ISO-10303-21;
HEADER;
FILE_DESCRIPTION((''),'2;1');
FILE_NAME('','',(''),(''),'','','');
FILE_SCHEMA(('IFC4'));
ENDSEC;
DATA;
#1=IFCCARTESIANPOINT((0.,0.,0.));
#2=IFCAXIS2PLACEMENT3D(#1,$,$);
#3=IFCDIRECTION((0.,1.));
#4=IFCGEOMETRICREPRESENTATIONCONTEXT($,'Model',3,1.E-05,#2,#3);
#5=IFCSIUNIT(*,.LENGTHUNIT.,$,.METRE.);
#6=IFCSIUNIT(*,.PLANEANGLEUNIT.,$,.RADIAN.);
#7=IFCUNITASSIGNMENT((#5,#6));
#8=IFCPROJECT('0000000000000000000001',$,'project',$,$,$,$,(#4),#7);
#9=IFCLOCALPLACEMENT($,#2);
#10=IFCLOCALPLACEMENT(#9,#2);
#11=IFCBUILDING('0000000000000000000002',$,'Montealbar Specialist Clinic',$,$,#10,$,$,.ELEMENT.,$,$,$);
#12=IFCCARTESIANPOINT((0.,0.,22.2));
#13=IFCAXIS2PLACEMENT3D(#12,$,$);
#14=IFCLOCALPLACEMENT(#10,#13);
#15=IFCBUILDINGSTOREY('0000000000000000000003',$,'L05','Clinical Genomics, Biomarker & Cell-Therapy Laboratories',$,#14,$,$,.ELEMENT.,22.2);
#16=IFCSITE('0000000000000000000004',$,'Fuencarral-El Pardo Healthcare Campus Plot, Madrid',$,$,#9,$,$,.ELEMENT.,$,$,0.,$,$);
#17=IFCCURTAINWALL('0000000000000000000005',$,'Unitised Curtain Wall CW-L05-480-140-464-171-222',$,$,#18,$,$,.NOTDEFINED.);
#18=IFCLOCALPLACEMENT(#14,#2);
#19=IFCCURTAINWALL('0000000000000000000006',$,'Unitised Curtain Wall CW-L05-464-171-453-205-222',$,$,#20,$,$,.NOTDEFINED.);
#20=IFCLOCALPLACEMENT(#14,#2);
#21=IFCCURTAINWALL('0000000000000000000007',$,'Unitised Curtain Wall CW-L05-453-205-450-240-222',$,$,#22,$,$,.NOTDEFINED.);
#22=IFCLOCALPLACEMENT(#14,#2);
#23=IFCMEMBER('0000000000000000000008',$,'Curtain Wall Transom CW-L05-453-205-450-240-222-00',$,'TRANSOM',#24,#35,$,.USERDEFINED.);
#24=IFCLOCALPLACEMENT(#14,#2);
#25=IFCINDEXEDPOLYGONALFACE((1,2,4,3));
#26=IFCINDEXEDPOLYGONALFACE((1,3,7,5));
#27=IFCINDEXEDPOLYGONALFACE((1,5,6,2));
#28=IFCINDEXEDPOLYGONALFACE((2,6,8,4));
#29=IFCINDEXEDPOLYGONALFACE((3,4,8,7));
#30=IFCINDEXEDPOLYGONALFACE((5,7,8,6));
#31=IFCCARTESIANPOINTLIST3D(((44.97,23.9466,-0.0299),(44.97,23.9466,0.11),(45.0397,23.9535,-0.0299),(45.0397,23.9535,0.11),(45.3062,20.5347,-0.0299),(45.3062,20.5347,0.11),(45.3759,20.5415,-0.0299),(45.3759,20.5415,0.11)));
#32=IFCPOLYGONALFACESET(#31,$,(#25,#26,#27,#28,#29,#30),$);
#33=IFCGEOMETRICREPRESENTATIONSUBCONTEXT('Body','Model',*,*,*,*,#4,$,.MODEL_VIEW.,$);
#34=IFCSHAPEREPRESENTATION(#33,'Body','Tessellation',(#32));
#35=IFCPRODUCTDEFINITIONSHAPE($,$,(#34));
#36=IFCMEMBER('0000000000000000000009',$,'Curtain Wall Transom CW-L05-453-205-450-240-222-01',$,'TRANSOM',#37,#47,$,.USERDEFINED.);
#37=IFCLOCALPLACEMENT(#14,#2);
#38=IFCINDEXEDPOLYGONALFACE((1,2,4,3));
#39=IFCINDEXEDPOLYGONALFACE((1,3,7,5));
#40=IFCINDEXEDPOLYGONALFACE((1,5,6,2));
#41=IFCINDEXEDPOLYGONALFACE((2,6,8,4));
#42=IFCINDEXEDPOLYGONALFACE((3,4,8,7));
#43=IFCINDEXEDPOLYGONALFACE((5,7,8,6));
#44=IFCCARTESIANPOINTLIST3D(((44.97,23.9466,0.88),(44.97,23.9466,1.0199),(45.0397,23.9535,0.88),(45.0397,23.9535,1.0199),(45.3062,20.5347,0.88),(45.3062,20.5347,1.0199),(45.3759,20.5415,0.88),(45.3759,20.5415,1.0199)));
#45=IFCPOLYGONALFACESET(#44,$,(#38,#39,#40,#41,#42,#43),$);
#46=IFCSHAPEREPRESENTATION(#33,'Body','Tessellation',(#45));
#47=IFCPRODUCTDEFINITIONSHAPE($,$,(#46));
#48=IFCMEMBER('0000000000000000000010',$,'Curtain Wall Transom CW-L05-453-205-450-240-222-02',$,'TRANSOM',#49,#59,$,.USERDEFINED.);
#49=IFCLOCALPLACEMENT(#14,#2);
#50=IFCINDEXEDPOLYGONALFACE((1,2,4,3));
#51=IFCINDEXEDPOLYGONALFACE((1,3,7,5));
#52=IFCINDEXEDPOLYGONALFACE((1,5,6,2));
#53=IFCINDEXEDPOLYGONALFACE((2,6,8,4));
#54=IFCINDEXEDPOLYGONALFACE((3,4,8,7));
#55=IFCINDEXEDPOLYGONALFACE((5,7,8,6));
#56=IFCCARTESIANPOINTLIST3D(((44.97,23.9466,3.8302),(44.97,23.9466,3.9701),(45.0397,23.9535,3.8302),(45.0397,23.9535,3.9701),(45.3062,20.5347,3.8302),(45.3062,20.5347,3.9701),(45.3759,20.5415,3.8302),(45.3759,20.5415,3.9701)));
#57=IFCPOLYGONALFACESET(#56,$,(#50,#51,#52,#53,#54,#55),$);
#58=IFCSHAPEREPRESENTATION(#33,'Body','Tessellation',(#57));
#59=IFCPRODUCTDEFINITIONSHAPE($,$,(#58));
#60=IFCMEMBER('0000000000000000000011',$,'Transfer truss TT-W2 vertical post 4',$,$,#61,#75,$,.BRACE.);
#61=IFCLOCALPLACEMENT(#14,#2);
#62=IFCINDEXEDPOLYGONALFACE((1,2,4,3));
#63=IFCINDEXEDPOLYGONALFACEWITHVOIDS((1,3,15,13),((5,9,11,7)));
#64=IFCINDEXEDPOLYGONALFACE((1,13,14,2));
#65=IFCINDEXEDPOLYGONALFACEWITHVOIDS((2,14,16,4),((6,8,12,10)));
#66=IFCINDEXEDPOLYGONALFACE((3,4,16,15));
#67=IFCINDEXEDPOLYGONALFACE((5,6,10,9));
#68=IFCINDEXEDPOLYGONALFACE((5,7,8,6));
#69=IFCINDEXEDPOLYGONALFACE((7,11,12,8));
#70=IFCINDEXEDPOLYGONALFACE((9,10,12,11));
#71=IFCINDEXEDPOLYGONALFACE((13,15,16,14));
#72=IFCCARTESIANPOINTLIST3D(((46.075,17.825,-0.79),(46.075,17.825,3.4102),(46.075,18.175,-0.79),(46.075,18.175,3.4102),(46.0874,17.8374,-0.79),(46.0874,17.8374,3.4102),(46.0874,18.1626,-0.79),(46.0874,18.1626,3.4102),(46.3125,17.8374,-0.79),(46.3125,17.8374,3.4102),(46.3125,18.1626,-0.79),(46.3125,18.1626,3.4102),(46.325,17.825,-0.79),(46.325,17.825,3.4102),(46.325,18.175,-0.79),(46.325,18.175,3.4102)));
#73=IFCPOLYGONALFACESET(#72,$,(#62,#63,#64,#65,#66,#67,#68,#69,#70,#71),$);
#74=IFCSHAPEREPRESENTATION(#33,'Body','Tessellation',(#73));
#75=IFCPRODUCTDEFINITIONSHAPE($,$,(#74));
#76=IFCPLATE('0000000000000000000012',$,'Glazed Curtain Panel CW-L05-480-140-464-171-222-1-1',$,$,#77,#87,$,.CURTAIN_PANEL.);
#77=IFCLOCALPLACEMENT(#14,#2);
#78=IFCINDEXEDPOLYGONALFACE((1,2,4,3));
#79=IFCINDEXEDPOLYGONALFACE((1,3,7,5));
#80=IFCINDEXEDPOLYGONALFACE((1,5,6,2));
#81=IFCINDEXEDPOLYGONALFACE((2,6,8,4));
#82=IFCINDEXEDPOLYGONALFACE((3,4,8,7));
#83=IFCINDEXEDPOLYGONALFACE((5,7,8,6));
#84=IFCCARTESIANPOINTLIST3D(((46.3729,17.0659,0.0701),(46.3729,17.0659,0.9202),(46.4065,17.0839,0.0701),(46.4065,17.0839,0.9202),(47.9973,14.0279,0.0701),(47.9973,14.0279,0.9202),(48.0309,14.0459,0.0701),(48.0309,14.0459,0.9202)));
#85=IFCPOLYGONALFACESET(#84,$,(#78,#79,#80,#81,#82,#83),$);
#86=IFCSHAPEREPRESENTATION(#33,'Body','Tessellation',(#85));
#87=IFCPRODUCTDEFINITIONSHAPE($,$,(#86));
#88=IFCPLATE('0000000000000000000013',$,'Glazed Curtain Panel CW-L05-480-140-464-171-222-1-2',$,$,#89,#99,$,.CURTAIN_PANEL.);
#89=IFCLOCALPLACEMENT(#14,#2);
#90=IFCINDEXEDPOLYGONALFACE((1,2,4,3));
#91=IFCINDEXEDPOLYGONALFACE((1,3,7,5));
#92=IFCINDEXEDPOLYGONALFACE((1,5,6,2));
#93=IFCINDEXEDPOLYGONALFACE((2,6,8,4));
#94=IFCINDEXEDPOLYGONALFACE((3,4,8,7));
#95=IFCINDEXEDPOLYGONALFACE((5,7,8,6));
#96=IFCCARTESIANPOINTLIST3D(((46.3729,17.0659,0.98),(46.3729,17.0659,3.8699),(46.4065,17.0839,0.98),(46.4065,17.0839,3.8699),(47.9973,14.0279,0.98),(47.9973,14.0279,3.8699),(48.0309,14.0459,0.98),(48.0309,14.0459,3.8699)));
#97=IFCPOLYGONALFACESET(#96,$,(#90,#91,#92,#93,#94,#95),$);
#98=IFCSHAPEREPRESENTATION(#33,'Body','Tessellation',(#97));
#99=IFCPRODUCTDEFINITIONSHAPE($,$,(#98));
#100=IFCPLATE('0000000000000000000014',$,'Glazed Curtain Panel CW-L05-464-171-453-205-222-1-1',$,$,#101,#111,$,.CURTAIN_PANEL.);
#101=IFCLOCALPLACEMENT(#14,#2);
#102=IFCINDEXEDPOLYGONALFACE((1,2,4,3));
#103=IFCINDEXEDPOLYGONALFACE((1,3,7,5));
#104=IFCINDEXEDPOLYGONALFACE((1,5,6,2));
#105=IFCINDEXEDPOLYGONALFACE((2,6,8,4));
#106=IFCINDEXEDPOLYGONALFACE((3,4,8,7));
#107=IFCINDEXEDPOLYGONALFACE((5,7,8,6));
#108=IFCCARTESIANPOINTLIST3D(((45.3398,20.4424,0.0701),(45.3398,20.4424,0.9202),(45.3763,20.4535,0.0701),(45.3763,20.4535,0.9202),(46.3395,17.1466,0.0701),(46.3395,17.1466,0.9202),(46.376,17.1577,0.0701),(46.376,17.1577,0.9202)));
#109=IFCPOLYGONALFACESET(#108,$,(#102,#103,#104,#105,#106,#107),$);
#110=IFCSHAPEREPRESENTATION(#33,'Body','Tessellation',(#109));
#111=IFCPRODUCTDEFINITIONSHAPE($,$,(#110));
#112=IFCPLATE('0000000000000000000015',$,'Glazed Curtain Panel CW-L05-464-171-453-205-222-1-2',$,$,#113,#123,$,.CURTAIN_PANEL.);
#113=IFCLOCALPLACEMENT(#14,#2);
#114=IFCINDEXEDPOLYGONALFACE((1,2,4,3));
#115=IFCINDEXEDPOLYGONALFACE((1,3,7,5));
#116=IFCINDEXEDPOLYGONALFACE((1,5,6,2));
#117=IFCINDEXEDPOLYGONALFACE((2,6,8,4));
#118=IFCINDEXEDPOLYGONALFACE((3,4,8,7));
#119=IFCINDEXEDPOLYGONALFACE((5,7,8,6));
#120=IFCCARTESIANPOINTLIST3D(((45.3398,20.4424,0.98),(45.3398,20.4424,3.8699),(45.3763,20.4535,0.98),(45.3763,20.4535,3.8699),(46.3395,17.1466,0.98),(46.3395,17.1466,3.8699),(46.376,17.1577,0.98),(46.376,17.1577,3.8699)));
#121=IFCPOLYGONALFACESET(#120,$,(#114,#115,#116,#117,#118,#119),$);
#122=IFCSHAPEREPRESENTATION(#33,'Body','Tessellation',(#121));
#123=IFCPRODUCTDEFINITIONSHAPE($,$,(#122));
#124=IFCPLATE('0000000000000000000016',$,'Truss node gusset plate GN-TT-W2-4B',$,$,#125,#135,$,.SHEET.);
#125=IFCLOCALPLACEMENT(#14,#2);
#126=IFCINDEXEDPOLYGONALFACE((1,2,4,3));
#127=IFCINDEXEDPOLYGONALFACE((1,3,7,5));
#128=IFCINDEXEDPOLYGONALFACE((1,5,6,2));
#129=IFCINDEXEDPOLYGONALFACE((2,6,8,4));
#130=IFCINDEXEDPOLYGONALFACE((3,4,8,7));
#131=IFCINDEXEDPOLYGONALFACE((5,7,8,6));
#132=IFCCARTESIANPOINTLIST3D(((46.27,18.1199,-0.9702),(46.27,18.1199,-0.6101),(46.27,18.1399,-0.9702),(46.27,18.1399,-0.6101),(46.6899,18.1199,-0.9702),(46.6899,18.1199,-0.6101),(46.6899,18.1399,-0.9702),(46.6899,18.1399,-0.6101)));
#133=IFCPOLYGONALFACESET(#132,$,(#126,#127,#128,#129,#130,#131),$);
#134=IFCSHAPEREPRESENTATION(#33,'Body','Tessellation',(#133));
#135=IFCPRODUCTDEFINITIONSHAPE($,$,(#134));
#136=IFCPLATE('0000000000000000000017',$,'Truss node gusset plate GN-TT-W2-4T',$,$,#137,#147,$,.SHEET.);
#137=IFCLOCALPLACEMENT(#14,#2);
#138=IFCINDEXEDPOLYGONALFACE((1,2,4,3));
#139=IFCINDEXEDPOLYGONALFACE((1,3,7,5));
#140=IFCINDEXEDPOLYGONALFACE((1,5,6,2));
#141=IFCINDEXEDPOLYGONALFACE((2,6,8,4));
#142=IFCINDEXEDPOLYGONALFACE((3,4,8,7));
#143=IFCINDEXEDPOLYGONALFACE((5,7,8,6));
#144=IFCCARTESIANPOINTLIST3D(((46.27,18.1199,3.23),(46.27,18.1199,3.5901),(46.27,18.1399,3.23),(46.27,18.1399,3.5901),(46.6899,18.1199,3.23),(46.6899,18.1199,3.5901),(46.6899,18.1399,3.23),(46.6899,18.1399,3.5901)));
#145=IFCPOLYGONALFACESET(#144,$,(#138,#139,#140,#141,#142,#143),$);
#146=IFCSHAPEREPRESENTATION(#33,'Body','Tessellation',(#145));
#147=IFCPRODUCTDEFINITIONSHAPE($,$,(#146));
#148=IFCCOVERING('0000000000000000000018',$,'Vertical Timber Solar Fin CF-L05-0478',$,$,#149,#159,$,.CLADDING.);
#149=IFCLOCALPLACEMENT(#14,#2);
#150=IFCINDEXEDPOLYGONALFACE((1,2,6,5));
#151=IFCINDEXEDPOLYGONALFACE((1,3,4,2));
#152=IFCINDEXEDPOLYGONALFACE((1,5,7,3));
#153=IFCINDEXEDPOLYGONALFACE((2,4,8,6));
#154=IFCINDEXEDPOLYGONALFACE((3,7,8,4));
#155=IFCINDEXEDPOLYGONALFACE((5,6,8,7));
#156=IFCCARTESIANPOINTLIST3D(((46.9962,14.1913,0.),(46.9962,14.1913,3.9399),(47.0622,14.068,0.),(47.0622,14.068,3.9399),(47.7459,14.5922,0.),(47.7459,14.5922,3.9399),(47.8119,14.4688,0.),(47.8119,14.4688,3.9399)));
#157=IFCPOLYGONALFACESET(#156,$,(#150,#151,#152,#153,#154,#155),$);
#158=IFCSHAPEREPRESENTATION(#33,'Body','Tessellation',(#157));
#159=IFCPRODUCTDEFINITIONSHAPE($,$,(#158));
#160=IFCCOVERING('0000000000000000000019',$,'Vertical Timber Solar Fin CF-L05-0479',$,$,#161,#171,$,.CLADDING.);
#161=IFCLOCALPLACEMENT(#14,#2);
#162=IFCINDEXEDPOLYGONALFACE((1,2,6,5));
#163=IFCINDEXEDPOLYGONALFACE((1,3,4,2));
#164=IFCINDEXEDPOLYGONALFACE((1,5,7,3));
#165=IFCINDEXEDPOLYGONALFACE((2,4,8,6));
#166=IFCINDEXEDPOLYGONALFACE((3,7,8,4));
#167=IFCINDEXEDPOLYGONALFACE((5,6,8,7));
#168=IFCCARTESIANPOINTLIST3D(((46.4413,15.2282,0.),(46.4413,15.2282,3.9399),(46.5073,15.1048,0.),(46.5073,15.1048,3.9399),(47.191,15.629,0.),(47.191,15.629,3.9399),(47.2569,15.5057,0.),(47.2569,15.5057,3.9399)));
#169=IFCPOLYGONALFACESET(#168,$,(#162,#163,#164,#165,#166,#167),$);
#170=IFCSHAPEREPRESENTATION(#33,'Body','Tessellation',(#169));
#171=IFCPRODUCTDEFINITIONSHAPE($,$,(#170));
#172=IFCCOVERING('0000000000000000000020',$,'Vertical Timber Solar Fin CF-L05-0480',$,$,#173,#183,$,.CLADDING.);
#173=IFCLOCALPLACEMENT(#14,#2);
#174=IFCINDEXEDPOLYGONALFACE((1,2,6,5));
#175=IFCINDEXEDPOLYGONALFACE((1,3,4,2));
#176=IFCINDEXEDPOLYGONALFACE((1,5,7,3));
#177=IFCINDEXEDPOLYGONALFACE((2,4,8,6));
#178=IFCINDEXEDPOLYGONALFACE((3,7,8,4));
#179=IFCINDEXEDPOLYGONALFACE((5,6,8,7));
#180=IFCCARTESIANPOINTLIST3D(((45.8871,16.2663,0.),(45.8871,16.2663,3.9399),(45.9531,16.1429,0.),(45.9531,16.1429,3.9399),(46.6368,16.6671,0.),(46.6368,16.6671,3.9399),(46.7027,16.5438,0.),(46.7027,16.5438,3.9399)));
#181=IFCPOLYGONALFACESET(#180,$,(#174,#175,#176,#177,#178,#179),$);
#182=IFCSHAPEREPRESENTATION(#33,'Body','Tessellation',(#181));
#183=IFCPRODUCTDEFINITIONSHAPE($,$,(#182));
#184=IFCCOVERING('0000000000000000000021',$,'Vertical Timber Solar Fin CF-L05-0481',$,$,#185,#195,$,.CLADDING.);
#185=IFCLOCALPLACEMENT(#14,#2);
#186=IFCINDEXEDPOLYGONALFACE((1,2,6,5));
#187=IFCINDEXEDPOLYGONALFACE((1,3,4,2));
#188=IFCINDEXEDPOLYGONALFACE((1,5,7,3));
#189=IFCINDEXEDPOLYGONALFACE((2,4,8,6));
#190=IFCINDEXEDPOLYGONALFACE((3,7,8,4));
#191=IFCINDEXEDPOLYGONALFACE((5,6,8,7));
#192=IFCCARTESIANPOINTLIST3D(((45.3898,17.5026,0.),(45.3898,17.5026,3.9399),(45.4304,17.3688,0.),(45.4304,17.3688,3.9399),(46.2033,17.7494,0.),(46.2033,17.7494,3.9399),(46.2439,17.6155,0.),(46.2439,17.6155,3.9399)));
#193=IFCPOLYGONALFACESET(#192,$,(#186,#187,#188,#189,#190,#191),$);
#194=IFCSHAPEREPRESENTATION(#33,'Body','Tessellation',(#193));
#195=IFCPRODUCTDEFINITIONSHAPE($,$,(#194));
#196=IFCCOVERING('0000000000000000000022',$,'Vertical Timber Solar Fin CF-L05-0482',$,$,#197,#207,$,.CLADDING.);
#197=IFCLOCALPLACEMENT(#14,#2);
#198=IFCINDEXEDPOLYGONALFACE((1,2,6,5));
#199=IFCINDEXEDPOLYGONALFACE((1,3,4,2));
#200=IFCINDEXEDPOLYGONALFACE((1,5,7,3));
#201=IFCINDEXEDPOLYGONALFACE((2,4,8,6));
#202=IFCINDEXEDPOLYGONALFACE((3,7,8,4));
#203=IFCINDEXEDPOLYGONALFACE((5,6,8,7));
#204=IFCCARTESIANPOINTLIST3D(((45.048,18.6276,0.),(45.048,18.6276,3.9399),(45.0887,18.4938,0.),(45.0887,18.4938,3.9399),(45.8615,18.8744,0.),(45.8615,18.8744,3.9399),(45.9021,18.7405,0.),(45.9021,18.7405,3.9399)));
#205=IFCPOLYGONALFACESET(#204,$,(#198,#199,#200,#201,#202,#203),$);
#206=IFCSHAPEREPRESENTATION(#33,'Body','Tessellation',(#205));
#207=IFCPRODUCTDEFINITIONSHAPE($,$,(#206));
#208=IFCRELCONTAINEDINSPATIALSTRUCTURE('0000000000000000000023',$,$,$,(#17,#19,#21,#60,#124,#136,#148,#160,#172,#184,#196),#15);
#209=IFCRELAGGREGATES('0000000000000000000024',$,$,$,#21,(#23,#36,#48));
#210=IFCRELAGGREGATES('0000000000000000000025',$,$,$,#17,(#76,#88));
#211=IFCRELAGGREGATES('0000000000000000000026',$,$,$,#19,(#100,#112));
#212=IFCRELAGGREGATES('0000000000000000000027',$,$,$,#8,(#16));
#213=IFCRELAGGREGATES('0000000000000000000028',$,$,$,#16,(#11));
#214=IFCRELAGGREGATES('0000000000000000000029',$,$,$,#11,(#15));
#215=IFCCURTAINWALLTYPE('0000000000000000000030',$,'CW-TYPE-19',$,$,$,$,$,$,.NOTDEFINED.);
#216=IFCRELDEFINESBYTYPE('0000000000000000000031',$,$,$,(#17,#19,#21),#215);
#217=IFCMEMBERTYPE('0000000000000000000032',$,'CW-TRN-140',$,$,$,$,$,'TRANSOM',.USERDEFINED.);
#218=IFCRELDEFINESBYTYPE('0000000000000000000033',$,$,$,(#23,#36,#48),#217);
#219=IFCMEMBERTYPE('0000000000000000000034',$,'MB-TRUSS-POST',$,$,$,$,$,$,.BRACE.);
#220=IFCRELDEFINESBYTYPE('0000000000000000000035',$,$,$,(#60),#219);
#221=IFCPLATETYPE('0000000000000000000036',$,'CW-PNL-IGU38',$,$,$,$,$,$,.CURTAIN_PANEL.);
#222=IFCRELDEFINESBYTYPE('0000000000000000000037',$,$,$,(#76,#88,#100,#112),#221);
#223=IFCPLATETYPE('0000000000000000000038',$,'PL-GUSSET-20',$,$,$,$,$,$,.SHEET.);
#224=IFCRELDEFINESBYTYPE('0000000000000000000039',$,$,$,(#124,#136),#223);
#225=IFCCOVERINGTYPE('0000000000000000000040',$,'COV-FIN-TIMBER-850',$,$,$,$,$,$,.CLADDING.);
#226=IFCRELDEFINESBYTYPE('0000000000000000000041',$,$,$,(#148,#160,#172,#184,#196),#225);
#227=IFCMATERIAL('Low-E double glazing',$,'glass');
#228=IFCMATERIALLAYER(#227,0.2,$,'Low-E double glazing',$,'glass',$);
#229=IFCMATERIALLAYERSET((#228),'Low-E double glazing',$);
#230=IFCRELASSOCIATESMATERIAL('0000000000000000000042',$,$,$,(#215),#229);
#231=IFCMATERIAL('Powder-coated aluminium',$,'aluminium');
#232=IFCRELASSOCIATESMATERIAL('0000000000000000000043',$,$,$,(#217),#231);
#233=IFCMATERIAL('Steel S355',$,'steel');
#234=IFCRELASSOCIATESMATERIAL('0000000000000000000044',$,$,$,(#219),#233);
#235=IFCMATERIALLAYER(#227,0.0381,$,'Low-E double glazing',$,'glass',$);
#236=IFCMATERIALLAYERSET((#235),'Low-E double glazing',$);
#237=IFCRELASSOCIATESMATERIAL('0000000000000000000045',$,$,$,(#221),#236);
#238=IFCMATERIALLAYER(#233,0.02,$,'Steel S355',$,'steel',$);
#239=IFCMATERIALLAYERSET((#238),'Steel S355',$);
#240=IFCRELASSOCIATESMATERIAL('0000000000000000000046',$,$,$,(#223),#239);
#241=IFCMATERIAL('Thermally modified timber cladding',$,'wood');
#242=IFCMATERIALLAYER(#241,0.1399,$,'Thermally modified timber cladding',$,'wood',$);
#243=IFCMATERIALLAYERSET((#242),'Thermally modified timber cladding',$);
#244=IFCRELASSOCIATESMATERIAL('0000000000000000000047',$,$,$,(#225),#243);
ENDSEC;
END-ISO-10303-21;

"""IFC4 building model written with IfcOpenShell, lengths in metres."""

from ifc_helpers import new_model, si_unit, direction, frame, origin, origin_2d, place, context, subcontext, project, spatial, rectangle, hollow_rectangle, extrude, material, layer, layer_set, material_profile, profile_set, type_object, element, aggregate, save


model = new_model("IFC4")

# Units and contexts
model_context = context("Model", 3, precision=1e-05, world=origin(), true_north=direction((0.0, 1.0)))
body_context = subcontext(model_context, "Body", "Model", "MODEL_VIEW")
ifc_project = project(units=[si_unit("LENGTHUNIT", "METRE"), si_unit("PLANEANGLEUNIT", "RADIAN")], contexts=[model_context])

# Site, building, storey
site_placement = place(None, origin())
site = spatial("IfcSite", under=ifc_project, at=site_placement, Name="Fuencarral-El Pardo Healthcare Campus Plot, Madrid", CompositionType="ELEMENT", RefElevation=0.0)
building_placement = place(site_placement, origin())
building = spatial("IfcBuilding", under=site, at=building_placement, Name="Montealbar Specialist Clinic", CompositionType="ELEMENT")
storey_placement = place(building_placement, frame((0.0, 0.0, 22.2)))
storey = spatial("IfcBuildingStorey", under=building, at=storey_placement, Name="L05", Description="Clinical Genomics, Biomarker & Cell-Therapy Laboratories", CompositionType="ELEMENT", Elevation=22.2)

# Shared definitions
ifc_material_1 = material(Name="Steel S355", Category="steel")

# Curtain wall
ifc_material_2 = material(Name="Low-E double glazing", Category="glass")
ifc_layer_1 = layer(ifc_material_2, 0.2, Name="Low-E double glazing", Category="glass")
ifc_layer_set_1 = layer_set([ifc_layer_1], Name="Low-E double glazing")
curtain_wall_type = type_object("IfcCurtainWallType", Name="CW-TYPE-19", PredefinedType="NOTDEFINED", material=ifc_layer_set_1)
curtain_wall_1_placement = place(storey_placement, origin())
curtain_wall_1 = element("IfcCurtainWall", 1, at=curtain_wall_1_placement, inside=storey, type_object=curtain_wall_type, Name="Unitised Curtain Wall CW-L05-480-140-464-171-222", PredefinedType="NOTDEFINED")

# Curtain wall
curtain_wall_2_placement = place(storey_placement, origin())
curtain_wall_2 = element("IfcCurtainWall", 2, at=curtain_wall_2_placement, inside=storey, type_object=curtain_wall_type, Name="Unitised Curtain Wall CW-L05-464-171-453-205-222", PredefinedType="NOTDEFINED")

# Curtain wall
curtain_wall_3_placement = place(storey_placement, origin())
curtain_wall_3 = element("IfcCurtainWall", 3, at=curtain_wall_3_placement, inside=storey, type_object=curtain_wall_type, Name="Unitised Curtain Wall CW-L05-453-205-450-240-222", PredefinedType="NOTDEFINED")

# Members
ifc_material_3 = material(Name="Powder-coated aluminium", Category="aluminium")
ifc_material_profile_1 = material_profile(ifc_material_3, rectangle(XDim=0.0701, YDim=0.1399, at=origin_2d()), Name="ALU 70x140", Category="aluminium")
ifc_profile_set_1 = profile_set([ifc_material_profile_1], Name="Powder-coated aluminium")
member_type_1 = type_object("IfcMemberType", Name="CW-TRN-140", ElementType="TRANSOM", PredefinedType="USERDEFINED", material=ifc_profile_set_1)
member_1_placement = place(storey_placement, frame((45.3411, 20.5381, 0.04), z_axis=(-0.098058, 0.995181, 0.0), x_axis=(-0.995181, -0.098058, 0.0)))
member_1 = element("IfcMember", 4, at=member_1_placement, type_object=member_type_1, Name="Curtain Wall Transom CW-L05-453-205-450-240-222-00", ObjectType="TRANSOM", PredefinedType="USERDEFINED", context=body_context, shape_type="SweptSolid", body=[
    extrude(rectangle(XDim=0.0701, YDim=0.1399, at=origin_2d()), origin(), (0.0, 0.0, 1.0), 3.4285),
])
member_2_placement = place(storey_placement, frame((45.3411, 20.5381, 0.95), z_axis=(-0.098058, 0.995181, 0.0), x_axis=(-0.995181, -0.098058, 0.0)))
member_2 = element("IfcMember", 5, at=member_2_placement, type_object=member_type_1, Name="Curtain Wall Transom CW-L05-453-205-450-240-222-01", ObjectType="TRANSOM", PredefinedType="USERDEFINED", context=body_context, shape_type="SweptSolid", body=[
    extrude(rectangle(XDim=0.0701, YDim=0.1399, at=origin_2d()), origin(), (0.0, 0.0, 1.0), 3.4285),
])
member_3_placement = place(storey_placement, frame((45.3411, 20.5381, 3.9001), z_axis=(-0.098058, 0.995181, 0.0), x_axis=(-0.995181, -0.098058, 0.0)))
member_3 = element("IfcMember", 6, at=member_3_placement, type_object=member_type_1, Name="Curtain Wall Transom CW-L05-453-205-450-240-222-02", ObjectType="TRANSOM", PredefinedType="USERDEFINED", context=body_context, shape_type="SweptSolid", body=[
    extrude(rectangle(XDim=0.0701, YDim=0.1399, at=origin_2d()), origin(), (0.0, 0.0, 1.0), 3.4285),
])
aggregate(curtain_wall_3, [member_1, member_2, member_3])
ifc_material_profile_2 = material_profile(ifc_material_1, hollow_rectangle(XDim=0.25, YDim=0.3501, WallThickness=0.0125, at=origin_2d()), Name="RHS 350x250x12.5", Category="steel")
ifc_profile_set_2 = profile_set([ifc_material_profile_2], Name="Steel S355")
member_type_2 = type_object("IfcMemberType", Name="MB-TRUSS-POST", PredefinedType="BRACE", material=ifc_profile_set_2)
member_4_placement = place(storey_placement, frame((46.2, 18.0, -0.79), z_axis=(0.0, 0.0, 1.0), x_axis=(1.0, 0.0, 0.0)))
element("IfcMember", 7, at=member_4_placement, inside=storey, type_object=member_type_2, Name="Transfer truss TT-W2 vertical post 4", PredefinedType="BRACE", context=body_context, shape_type="SweptSolid", body=[
    extrude(hollow_rectangle(XDim=0.25, YDim=0.3501, WallThickness=0.0125, at=origin_2d()), origin(), (0.0, 0.0, 1.0), 4.2002),
])

# Plates
ifc_layer_2 = layer(ifc_material_2, 0.0381, Name="Low-E double glazing", Category="glass")
ifc_layer_set_2 = layer_set([ifc_layer_2], Name="Low-E double glazing")
plate_type_1 = type_object("IfcPlateType", Name="CW-PNL-IGU38", PredefinedType="CURTAIN_PANEL", material=ifc_layer_set_2)
plate_1_placement = place(storey_placement, frame((47.2019, 15.5559, 0.0701), z_axis=(0.0, 0.0, 1.0), x_axis=(-0.471529, 0.88185, 0.0)))
plate_1 = element("IfcPlate", 8, at=plate_1_placement, type_object=plate_type_1, Name="Glazed Curtain Panel CW-L05-480-140-464-171-222-1-1", PredefinedType="CURTAIN_PANEL", context=body_context, shape_type="SweptSolid", body=[
    extrude(rectangle(XDim=3.4451, YDim=0.0381, at=origin_2d()), origin(), (0.0, 0.0, 1.0), 0.8501),
])
plate_2_placement = place(storey_placement, frame((47.2019, 15.5559, 0.98), z_axis=(0.0, 0.0, 1.0), x_axis=(-0.471529, 0.88185, 0.0)))
plate_2 = element("IfcPlate", 9, at=plate_2_placement, type_object=plate_type_1, Name="Glazed Curtain Panel CW-L05-480-140-464-171-222-1-2", PredefinedType="CURTAIN_PANEL", context=body_context, shape_type="SweptSolid", body=[
    extrude(rectangle(XDim=3.4451, YDim=0.0381, at=origin_2d()), origin(), (0.0, 0.0, 1.0), 2.8899),
])
aggregate(curtain_wall_1, [plate_1, plate_2])
plate_3_placement = place(storey_placement, frame((45.8579, 18.8, 0.0701), z_axis=(0.0, 0.0, 1.0), x_axis=(-0.290259, 0.956948, 0.0)))
plate_3 = element("IfcPlate", 10, at=plate_3_placement, type_object=plate_type_1, Name="Glazed Curtain Panel CW-L05-464-171-453-205-222-1-1", PredefinedType="CURTAIN_PANEL", context=body_context, shape_type="SweptSolid", body=[
    extrude(rectangle(XDim=3.4441, YDim=0.0381, at=origin_2d()), origin(), (0.0, 0.0, 1.0), 0.8501),
])
plate_4_placement = place(storey_placement, frame((45.8579, 18.8, 0.98), z_axis=(0.0, 0.0, 1.0), x_axis=(-0.290259, 0.956948, 0.0)))
plate_4 = element("IfcPlate", 11, at=plate_4_placement, type_object=plate_type_1, Name="Glazed Curtain Panel CW-L05-464-171-453-205-222-1-2", PredefinedType="CURTAIN_PANEL", context=body_context, shape_type="SweptSolid", body=[
    extrude(rectangle(XDim=3.4441, YDim=0.0381, at=origin_2d()), origin(), (0.0, 0.0, 1.0), 2.8899),
])
aggregate(curtain_wall_2, [plate_3, plate_4])

# Plates
ifc_layer_3 = layer(ifc_material_1, 0.02, Name="Steel S355", Category="steel")
ifc_layer_set_3 = layer_set([ifc_layer_3], Name="Steel S355")
plate_type_2 = type_object("IfcPlateType", Name="PL-GUSSET-20", PredefinedType="SHEET", material=ifc_layer_set_3)
for number, where, z_axis, x_axis, name in (
    (12, (46.48, 18.1299, -0.9702), (0.0, 0.0, 1.0), (1.0, 0.0, 0.0), "Truss node gusset plate GN-TT-W2-4B"),
    (13, (46.48, 18.1299, 3.23), (0.0, 0.0, 1.0), (1.0, 0.0, 0.0), "Truss node gusset plate GN-TT-W2-4T"),
):
    element("IfcPlate", number, at=place(storey_placement, frame(where, z_axis=z_axis, x_axis=x_axis)), inside=storey, type_object=plate_type_2, Name=name, PredefinedType="SHEET", context=body_context, shape_type="SweptSolid", body=[
        extrude(rectangle(XDim=0.4199, YDim=0.02, at=origin_2d()), origin(), (0.0, 0.0, 1.0), 0.3601),
    ])

# Coverings
ifc_material_4 = material(Name="Thermally modified timber cladding", Category="wood")
ifc_layer_4 = layer(ifc_material_4, 0.1399, Name="Thermally modified timber cladding", Category="wood")
ifc_layer_set_4 = layer_set([ifc_layer_4], Name="Thermally modified timber cladding")
covering_type = type_object("IfcCoveringType", Name="COV-FIN-TIMBER-850", PredefinedType="CLADDING", material=ifc_layer_set_4)
for number, where, z_axis, x_axis, name in (
    (14, (47.4041, 14.3301, 0.0), (0.0, 0.0, 1.0), (-0.88185, -0.471529, 0.0), "Vertical Timber Solar Fin CF-L05-0478"),
    (15, (46.8491, 15.3669, 0.0), (0.0, 0.0, 1.0), (-0.88185, -0.471529, 0.0), "Vertical Timber Solar Fin CF-L05-0479"),
    (16, (46.2949, 16.405, 0.0), (0.0, 0.0, 1.0), (-0.88185, -0.471529, 0.0), "Vertical Timber Solar Fin CF-L05-0480"),
    (17, (45.8169, 17.5591, 0.0), (0.0, 0.0, 1.0), (-0.956948, -0.290259, 0.0), "Vertical Timber Solar Fin CF-L05-0481"),
    (18, (45.4751, 18.6841, 0.0), (0.0, 0.0, 1.0), (-0.956948, -0.290259, 0.0), "Vertical Timber Solar Fin CF-L05-0482"),
):
    element("IfcCovering", number, at=place(storey_placement, frame(where, z_axis=z_axis, x_axis=x_axis)), inside=storey, type_object=covering_type, Name=name, PredefinedType="CLADDING", context=body_context, shape_type="SweptSolid", body=[
        extrude(rectangle(XDim=0.8501, YDim=0.1399, at=origin_2d()), origin(), (0.0, 0.0, 1.0), 3.9399),
    ])

save(model, "model.ifc")
